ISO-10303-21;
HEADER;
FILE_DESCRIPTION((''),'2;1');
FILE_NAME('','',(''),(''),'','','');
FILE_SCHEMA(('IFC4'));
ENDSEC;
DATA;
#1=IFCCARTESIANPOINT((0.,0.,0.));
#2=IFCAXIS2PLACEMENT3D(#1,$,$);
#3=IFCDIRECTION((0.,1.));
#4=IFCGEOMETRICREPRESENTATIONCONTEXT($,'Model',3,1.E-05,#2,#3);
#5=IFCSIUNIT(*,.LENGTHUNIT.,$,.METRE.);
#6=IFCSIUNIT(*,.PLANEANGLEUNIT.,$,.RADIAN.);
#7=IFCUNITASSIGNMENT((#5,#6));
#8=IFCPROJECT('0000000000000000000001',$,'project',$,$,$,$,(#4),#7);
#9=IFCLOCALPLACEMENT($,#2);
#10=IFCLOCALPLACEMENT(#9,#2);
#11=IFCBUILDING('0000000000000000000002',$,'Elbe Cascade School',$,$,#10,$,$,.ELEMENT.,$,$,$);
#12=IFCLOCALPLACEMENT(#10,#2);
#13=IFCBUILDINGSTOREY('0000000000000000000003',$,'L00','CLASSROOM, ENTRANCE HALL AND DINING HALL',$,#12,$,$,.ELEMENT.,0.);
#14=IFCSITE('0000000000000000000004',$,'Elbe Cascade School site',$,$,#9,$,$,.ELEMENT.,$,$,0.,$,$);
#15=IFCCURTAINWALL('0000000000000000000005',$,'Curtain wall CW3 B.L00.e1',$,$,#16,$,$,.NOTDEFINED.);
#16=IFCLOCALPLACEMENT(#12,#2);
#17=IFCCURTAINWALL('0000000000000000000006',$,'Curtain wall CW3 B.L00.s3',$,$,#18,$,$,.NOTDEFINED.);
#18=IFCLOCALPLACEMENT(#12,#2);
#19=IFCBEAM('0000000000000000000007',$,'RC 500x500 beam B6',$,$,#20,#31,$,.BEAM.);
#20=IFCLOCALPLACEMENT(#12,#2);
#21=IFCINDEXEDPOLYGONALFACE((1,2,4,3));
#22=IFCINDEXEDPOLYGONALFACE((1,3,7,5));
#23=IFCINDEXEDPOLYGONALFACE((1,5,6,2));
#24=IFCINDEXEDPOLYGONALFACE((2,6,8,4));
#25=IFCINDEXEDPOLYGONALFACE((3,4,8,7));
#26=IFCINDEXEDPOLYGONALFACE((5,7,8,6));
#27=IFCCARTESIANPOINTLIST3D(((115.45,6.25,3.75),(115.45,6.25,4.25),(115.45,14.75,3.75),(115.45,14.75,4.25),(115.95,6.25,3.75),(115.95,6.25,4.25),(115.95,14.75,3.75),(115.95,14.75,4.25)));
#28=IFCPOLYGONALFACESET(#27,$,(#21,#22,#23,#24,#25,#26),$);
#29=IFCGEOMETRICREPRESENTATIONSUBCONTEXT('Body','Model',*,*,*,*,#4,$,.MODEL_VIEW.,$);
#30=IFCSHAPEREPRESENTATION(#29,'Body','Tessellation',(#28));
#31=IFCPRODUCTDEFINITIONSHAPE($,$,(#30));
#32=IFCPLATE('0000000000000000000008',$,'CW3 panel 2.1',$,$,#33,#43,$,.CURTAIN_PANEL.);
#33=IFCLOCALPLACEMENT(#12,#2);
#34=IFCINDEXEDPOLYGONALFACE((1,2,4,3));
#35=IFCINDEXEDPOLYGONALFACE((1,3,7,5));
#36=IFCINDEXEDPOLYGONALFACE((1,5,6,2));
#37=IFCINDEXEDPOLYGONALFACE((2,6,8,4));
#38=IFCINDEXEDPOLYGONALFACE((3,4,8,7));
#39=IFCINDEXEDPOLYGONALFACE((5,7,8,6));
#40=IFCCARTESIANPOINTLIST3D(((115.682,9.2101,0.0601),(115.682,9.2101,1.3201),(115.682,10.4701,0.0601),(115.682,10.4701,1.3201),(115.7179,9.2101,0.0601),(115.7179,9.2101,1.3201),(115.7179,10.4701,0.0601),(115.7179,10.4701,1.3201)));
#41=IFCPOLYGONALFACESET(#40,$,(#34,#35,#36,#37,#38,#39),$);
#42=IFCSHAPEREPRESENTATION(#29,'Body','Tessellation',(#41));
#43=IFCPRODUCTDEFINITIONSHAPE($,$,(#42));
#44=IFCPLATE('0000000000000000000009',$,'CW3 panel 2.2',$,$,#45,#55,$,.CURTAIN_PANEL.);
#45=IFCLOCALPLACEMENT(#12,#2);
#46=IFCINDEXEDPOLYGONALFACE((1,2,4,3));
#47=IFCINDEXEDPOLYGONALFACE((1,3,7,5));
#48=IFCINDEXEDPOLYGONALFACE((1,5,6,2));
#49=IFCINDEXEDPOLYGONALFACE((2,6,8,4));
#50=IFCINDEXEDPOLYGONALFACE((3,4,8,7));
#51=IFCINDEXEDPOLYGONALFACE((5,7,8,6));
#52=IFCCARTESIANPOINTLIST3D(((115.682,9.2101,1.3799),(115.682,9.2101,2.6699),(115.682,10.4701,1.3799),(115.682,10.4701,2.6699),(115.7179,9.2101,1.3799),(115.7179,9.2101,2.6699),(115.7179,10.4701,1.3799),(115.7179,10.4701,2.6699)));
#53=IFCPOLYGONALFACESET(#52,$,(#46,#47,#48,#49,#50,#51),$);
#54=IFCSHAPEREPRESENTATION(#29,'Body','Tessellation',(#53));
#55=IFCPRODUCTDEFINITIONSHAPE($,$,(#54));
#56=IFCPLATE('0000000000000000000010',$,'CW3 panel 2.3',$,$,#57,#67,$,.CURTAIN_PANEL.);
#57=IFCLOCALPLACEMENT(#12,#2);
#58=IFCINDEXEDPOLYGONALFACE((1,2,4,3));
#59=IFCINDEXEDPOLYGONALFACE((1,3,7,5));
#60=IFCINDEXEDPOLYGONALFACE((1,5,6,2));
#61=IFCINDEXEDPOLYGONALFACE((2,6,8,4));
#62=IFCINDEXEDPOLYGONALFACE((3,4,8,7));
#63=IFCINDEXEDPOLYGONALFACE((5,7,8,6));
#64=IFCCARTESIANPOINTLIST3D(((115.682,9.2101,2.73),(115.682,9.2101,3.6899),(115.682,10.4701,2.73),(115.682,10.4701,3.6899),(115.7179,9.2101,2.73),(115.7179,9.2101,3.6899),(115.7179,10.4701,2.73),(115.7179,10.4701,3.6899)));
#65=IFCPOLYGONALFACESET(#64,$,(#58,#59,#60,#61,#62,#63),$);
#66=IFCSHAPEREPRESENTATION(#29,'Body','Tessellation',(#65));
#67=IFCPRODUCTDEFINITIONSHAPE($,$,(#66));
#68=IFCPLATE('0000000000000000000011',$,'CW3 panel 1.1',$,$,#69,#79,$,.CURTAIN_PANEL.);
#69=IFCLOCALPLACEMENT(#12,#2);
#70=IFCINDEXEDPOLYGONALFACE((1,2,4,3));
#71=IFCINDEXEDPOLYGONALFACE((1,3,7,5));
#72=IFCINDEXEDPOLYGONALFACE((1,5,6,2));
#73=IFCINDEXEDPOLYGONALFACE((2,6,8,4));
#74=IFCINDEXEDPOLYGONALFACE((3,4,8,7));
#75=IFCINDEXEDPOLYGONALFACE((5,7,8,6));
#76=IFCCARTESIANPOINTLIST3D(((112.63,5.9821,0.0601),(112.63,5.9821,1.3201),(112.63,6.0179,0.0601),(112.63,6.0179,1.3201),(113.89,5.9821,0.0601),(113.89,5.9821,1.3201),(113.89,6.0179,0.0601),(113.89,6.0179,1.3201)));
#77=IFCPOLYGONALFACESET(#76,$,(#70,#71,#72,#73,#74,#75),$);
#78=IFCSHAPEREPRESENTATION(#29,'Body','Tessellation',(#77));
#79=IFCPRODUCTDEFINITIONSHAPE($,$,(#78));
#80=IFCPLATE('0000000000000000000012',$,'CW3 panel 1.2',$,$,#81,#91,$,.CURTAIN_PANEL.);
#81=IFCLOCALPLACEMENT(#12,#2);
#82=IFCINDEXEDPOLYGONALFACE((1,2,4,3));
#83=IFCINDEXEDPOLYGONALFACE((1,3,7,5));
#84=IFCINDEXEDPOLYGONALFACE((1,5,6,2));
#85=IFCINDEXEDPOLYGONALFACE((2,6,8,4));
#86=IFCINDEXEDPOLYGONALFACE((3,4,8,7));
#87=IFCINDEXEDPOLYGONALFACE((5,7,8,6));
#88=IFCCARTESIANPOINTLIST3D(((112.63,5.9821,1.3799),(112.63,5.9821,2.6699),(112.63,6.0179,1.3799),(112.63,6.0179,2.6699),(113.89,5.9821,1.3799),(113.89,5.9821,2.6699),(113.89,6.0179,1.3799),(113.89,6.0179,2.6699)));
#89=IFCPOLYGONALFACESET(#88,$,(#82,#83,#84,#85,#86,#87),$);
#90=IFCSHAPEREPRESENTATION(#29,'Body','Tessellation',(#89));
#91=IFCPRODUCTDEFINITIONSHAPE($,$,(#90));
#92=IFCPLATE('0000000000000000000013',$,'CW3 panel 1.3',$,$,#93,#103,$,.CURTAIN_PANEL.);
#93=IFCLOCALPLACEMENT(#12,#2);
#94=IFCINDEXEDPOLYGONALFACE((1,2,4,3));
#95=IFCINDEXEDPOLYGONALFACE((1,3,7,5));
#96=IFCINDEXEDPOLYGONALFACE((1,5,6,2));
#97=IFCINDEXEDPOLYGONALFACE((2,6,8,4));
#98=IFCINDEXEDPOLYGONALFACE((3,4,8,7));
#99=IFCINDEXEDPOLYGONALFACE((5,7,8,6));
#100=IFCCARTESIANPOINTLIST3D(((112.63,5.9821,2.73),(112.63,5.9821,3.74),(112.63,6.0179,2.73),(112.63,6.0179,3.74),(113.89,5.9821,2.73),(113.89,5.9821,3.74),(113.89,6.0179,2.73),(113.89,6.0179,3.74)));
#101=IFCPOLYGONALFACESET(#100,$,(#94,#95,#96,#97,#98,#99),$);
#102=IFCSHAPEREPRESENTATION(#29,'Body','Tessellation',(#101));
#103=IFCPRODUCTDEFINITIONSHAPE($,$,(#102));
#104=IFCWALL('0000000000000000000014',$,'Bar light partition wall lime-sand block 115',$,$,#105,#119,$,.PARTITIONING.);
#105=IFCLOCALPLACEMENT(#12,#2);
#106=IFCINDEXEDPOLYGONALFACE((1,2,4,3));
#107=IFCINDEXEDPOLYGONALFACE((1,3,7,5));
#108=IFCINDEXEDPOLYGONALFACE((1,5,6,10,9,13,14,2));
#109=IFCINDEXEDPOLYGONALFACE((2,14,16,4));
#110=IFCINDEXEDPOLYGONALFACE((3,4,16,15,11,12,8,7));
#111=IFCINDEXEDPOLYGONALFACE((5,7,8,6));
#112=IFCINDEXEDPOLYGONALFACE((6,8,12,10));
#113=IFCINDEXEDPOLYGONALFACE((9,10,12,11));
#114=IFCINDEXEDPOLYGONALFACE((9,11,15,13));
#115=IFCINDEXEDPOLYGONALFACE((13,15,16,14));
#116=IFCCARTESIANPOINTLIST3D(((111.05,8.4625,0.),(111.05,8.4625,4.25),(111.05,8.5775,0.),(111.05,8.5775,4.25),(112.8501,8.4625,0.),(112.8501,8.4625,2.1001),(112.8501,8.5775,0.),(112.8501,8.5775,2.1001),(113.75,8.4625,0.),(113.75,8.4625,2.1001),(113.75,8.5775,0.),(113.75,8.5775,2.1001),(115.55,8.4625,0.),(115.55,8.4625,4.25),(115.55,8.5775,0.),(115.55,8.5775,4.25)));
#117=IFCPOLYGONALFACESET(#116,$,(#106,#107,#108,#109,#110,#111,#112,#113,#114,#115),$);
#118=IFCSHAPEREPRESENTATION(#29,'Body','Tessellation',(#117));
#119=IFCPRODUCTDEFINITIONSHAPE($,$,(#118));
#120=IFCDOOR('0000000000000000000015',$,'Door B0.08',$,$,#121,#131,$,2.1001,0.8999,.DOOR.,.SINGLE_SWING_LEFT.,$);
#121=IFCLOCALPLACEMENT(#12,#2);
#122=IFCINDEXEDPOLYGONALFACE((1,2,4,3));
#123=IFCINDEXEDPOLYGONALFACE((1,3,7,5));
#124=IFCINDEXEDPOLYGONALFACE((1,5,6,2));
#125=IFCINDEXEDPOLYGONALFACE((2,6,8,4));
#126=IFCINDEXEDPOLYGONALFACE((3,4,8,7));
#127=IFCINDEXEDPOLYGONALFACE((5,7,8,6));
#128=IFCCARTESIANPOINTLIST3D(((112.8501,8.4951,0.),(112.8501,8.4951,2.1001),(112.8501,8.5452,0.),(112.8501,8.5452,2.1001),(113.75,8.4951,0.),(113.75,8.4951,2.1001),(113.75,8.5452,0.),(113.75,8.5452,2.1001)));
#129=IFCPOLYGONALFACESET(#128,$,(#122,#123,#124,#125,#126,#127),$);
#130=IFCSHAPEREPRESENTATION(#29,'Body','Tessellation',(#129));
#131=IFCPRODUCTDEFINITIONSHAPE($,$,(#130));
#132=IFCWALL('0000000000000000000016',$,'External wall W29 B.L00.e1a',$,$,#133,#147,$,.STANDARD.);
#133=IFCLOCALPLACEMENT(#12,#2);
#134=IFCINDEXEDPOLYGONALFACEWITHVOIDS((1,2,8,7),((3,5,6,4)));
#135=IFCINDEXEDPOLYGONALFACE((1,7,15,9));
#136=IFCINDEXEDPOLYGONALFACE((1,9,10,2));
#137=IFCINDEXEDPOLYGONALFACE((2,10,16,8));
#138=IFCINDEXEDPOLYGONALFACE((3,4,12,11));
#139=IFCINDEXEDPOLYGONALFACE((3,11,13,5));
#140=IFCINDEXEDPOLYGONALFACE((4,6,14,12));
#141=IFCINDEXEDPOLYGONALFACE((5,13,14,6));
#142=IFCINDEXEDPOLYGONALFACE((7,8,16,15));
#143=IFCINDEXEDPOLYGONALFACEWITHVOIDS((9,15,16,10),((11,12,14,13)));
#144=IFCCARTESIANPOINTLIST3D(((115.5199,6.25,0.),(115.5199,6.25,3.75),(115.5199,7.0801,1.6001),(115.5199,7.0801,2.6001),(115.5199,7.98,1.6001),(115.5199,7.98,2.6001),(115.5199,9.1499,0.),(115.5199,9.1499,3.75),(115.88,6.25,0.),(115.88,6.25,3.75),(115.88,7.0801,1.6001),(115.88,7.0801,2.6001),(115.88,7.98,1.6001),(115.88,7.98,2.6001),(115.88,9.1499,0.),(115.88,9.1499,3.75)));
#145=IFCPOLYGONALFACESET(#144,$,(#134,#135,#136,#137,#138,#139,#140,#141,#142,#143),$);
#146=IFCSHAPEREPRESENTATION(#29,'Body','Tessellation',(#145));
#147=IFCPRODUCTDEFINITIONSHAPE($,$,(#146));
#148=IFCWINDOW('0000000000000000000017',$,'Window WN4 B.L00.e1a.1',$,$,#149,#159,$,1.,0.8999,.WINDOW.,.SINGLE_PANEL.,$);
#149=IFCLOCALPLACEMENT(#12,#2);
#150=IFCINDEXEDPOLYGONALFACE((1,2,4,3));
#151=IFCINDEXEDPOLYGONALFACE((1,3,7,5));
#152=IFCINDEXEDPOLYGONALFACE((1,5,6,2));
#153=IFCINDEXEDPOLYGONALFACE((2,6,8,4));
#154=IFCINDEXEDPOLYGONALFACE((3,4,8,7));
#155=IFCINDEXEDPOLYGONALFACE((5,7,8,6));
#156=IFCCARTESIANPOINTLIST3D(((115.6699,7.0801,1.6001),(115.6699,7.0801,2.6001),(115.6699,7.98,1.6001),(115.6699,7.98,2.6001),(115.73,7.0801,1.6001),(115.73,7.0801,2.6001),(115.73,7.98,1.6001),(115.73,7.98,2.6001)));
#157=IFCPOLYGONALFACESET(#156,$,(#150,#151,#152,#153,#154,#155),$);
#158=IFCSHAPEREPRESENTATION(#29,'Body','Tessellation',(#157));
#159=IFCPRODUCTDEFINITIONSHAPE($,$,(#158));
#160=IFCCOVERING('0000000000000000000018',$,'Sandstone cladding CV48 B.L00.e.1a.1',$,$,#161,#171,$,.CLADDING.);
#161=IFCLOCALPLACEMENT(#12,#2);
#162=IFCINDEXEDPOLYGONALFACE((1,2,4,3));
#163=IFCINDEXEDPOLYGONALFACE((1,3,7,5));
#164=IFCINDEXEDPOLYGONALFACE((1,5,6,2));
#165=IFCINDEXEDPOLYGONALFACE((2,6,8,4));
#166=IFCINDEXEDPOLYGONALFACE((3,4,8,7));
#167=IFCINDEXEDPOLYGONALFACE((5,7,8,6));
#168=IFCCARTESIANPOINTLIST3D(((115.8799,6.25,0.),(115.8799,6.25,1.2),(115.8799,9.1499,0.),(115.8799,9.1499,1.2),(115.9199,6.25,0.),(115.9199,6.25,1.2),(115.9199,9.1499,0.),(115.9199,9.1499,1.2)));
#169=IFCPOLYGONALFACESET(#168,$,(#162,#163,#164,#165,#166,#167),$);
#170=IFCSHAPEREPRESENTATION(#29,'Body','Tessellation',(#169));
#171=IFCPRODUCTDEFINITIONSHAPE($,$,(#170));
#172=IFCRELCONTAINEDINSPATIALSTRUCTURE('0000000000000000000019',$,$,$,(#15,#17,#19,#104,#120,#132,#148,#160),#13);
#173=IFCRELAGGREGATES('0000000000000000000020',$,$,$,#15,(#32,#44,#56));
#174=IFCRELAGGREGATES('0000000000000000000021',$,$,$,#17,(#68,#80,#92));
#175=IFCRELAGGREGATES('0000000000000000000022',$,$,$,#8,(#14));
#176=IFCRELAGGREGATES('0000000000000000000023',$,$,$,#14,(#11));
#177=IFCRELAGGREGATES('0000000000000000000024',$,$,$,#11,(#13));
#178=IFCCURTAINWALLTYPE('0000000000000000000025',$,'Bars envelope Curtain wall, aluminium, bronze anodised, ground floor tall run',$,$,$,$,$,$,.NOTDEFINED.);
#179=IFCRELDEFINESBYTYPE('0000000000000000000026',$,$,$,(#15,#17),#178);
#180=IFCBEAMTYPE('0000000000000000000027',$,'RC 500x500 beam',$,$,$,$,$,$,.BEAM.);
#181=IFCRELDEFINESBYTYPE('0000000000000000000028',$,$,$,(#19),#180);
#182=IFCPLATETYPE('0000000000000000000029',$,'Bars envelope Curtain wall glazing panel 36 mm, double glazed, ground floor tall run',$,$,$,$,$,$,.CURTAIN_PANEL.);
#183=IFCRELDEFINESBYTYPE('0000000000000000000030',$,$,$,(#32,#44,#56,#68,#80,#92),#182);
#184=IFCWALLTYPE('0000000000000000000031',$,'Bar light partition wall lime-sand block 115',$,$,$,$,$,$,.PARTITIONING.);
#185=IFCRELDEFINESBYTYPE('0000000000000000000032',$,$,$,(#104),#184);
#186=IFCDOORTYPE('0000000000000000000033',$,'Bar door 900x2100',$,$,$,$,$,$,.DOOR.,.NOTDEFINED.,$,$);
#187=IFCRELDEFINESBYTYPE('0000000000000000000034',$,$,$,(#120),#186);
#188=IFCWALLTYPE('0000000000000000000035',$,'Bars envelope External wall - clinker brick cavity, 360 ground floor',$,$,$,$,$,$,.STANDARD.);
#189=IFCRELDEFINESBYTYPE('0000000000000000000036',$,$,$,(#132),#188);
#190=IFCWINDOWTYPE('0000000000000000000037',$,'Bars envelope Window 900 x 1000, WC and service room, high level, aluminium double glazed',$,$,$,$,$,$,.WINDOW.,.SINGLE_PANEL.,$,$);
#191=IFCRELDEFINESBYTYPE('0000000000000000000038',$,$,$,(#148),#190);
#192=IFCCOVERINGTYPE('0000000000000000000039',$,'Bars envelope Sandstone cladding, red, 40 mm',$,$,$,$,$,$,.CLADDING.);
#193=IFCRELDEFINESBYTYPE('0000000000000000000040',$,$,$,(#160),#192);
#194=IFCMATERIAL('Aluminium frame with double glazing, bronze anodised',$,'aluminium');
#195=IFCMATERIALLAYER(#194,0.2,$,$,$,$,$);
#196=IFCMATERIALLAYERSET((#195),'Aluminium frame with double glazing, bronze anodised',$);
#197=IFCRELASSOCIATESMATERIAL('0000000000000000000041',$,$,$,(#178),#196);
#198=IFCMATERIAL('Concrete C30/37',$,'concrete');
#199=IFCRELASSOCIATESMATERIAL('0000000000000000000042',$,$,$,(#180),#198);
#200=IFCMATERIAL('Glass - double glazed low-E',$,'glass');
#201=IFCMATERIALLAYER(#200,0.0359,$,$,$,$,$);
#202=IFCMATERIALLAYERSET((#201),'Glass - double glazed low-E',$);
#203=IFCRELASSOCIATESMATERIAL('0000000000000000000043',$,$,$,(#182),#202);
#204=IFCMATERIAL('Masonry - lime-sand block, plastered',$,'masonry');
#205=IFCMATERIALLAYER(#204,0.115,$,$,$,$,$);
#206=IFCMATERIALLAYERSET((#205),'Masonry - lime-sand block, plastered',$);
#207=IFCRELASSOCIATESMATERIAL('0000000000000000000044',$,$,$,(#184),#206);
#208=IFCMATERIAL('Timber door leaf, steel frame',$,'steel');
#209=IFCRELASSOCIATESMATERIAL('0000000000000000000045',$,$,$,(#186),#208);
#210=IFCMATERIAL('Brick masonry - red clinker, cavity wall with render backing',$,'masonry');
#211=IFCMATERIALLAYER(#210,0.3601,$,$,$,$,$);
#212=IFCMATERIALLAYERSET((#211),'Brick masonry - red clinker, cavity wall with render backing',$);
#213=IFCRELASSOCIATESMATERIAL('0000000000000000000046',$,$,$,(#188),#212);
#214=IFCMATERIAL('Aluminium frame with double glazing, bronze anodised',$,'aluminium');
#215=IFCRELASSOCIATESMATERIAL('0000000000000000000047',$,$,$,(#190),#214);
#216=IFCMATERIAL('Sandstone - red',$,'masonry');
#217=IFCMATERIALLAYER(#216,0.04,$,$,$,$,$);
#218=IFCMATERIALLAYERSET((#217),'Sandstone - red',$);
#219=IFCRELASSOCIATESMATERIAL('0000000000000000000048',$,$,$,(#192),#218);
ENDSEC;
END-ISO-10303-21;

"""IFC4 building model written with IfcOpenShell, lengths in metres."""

from ifc_helpers import new_model, si_unit, direction, frame, frame_2d, origin, origin_2d, place, context, subcontext, project, spatial, rectangle, extrude, material, layer, layer_set, material_profile, profile_set, type_object, element, fill, aggregate, save


model = new_model("IFC4")

# Units and contexts
model_context = context("Model", 3, precision=1e-05, world=origin(), true_north=direction((0.0, 1.0)))
body_context = subcontext(model_context, "Body", "Model", "MODEL_VIEW")
ifc_project = project(units=[si_unit("LENGTHUNIT", "METRE"), si_unit("PLANEANGLEUNIT", "RADIAN")], contexts=[model_context])

# Site, building, storey
site_placement = place(None, origin())
site = spatial("IfcSite", under=ifc_project, at=site_placement, Name="Elbe Cascade School site", CompositionType="ELEMENT", RefElevation=0.0)
building_placement = place(site_placement, origin())
building = spatial("IfcBuilding", under=site, at=building_placement, Name="Elbe Cascade School", CompositionType="ELEMENT")
storey_placement = place(building_placement, origin())
storey = spatial("IfcBuildingStorey", under=building, at=storey_placement, Name="L00", Description="CLASSROOM, ENTRANCE HALL AND DINING HALL", CompositionType="ELEMENT", Elevation=0.0)

# Curtain wall
ifc_material_1 = material(Name="Aluminium frame with double glazing, bronze anodised", Category="aluminium")
ifc_layer_1 = layer(ifc_material_1, 0.2)
ifc_layer_set_1 = layer_set([ifc_layer_1], Name="Aluminium frame with double glazing, bronze anodised")
curtain_wall_type = type_object("IfcCurtainWallType", Name="Bars envelope Curtain wall, aluminium, bronze anodised, ground floor tall run", PredefinedType="NOTDEFINED", material=ifc_layer_set_1)
curtain_wall_1_placement = place(storey_placement, origin())
curtain_wall_1 = element("IfcCurtainWall", 1, at=curtain_wall_1_placement, inside=storey, type_object=curtain_wall_type, Name="Curtain wall CW3 B.L00.e1", PredefinedType="NOTDEFINED")

# Curtain wall
curtain_wall_2_placement = place(storey_placement, origin())
curtain_wall_2 = element("IfcCurtainWall", 2, at=curtain_wall_2_placement, inside=storey, type_object=curtain_wall_type, Name="Curtain wall CW3 B.L00.s3", PredefinedType="NOTDEFINED")

# Beam
ifc_material_2 = material(Name="Concrete C30/37", Category="concrete")
ifc_material_profile_1 = material_profile(ifc_material_2, rectangle(XDim=0.5, YDim=0.5, at=origin_2d()), Name="RC 500x500")
ifc_profile_set_1 = profile_set([ifc_material_profile_1], Name="Concrete C30/37")
beam_type_1 = type_object("IfcBeamType", Name="RC 500x500 beam", PredefinedType="BEAM", material=ifc_profile_set_1)
beam_1_placement = place(storey_placement, frame((115.7, 6.25, 4.0), z_axis=(0.0, 1.0, 0.0), x_axis=(-1.0, 0.0, 0.0)))
element("IfcBeam", 3, at=beam_1_placement, inside=storey, type_object=beam_type_1, Name="RC 500x500 beam B6", PredefinedType="BEAM", context=body_context, shape_type="SweptSolid", body=[
    extrude(rectangle(XDim=0.5, YDim=0.5, at=origin_2d()), origin(), (0.0, 0.0, 1.0), 8.5),
])

# Plates
ifc_material_3 = material(Name="Glass - double glazed low-E", Category="glass")
ifc_layer_2 = layer(ifc_material_3, 0.0359)
ifc_layer_set_2 = layer_set([ifc_layer_2], Name="Glass - double glazed low-E")
plate_type = type_object("IfcPlateType", Name="Bars envelope Curtain wall glazing panel 36 mm, double glazed, ground floor tall run", PredefinedType="CURTAIN_PANEL", material=ifc_layer_set_2)
plate_1_placement = place(storey_placement, frame((115.7, 9.8401, 0.0601), z_axis=(0.0, 0.0, 1.0), x_axis=(0.0, -1.0, 0.0)))
plate_1 = element("IfcPlate", 4, at=plate_1_placement, type_object=plate_type, Name="CW3 panel 2.1", PredefinedType="CURTAIN_PANEL", context=body_context, shape_type="SweptSolid", body=[
    extrude(rectangle(XDim=1.26, YDim=0.0359, at=origin_2d()), origin(), (0.0, 0.0, 1.0), 1.26),
])
plate_2_placement = place(storey_placement, frame((115.7, 9.8401, 1.3799), z_axis=(0.0, 0.0, 1.0), x_axis=(0.0, -1.0, 0.0)))
plate_2 = element("IfcPlate", 5, at=plate_2_placement, type_object=plate_type, Name="CW3 panel 2.2", PredefinedType="CURTAIN_PANEL", context=body_context, shape_type="SweptSolid", body=[
    extrude(rectangle(XDim=1.26, YDim=0.0359, at=origin_2d()), origin(), (0.0, 0.0, 1.0), 1.29),
])
plate_3_placement = place(storey_placement, frame((115.7, 9.8401, 2.73), z_axis=(0.0, 0.0, 1.0), x_axis=(0.0, -1.0, 0.0)))
plate_3 = element("IfcPlate", 6, at=plate_3_placement, type_object=plate_type, Name="CW3 panel 2.3", PredefinedType="CURTAIN_PANEL", context=body_context, shape_type="SweptSolid", body=[
    extrude(rectangle(XDim=1.26, YDim=0.0359, at=origin_2d()), origin(), (0.0, 0.0, 1.0), 0.96),
])
aggregate(curtain_wall_1, [plate_1, plate_2, plate_3])
plate_4_placement = place(storey_placement, frame((113.26, 6.0, 0.0601), z_axis=(0.0, 0.0, 1.0), x_axis=(-1.0, 0.0, 0.0)))
plate_4 = element("IfcPlate", 7, at=plate_4_placement, type_object=plate_type, Name="CW3 panel 1.1", PredefinedType="CURTAIN_PANEL", context=body_context, shape_type="SweptSolid", body=[
    extrude(rectangle(XDim=1.26, YDim=0.0359, at=origin_2d()), origin(), (0.0, 0.0, 1.0), 1.26),
])
plate_5_placement = place(storey_placement, frame((113.26, 6.0, 1.3799), z_axis=(0.0, 0.0, 1.0), x_axis=(-1.0, 0.0, 0.0)))
plate_5 = element("IfcPlate", 8, at=plate_5_placement, type_object=plate_type, Name="CW3 panel 1.2", PredefinedType="CURTAIN_PANEL", context=body_context, shape_type="SweptSolid", body=[
    extrude(rectangle(XDim=1.26, YDim=0.0359, at=origin_2d()), origin(), (0.0, 0.0, 1.0), 1.29),
])
plate_6_placement = place(storey_placement, frame((113.26, 6.0, 2.73), z_axis=(0.0, 0.0, 1.0), x_axis=(-1.0, 0.0, 0.0)))
plate_6 = element("IfcPlate", 9, at=plate_6_placement, type_object=plate_type, Name="CW3 panel 1.3", PredefinedType="CURTAIN_PANEL", context=body_context, shape_type="SweptSolid", body=[
    extrude(rectangle(XDim=1.26, YDim=0.0359, at=origin_2d()), origin(), (0.0, 0.0, 1.0), 1.01),
])
aggregate(curtain_wall_2, [plate_4, plate_5, plate_6])

# Wall, opening, door
ifc_material_4 = material(Name="Masonry - lime-sand block, plastered", Category="masonry")
ifc_layer_3 = layer(ifc_material_4, 0.115)
ifc_layer_set_3 = layer_set([ifc_layer_3], Name="Masonry - lime-sand block, plastered")
wall_type_1 = type_object("IfcWallType", Name="Bar light partition wall lime-sand block 115", PredefinedType="PARTITIONING", material=ifc_layer_set_3)
wall_1_placement = place(storey_placement, frame((115.55, 8.52, 0.0), z_axis=(0.0, 0.0, 1.0), x_axis=(-1.0, 0.0, 0.0)))
wall_1 = element("IfcWall", 10, at=wall_1_placement, inside=storey, type_object=wall_type_1, Name="Bar light partition wall lime-sand block 115", PredefinedType="PARTITIONING", context=body_context, shape_type="SweptSolid", body=[
    extrude(rectangle(XDim=4.5, YDim=0.115, at=frame_2d((2.25, 0.0))), origin(), (0.0, 0.0, 1.0), 4.25),
])
opening_1_placement = place(wall_1_placement, frame((1.8, 0.0, 0.0)))
opening_1 = element("IfcOpeningElement", 11, at=opening_1_placement, cuts=wall_1, PredefinedType="OPENING", context=body_context, shape_type="SweptSolid", body=[
    extrude(rectangle(XDim=0.8999, YDim=2.1001, at=frame_2d((0.45, 1.05))), frame((0.0, 0.0674, 0.0), z_axis=(0.0, -1.0, 0.0), x_axis=(1.0, 0.0, 0.0)), (0.0, 0.0, 1.0), 0.135),
])
ifc_material_5 = material(Name="Timber door leaf, steel frame", Category="steel")
door_type = type_object("IfcDoorType", Name="Bar door 900x2100", OperationType="NOTDEFINED", PredefinedType="DOOR", material=ifc_material_5)
door_placement = place(opening_1_placement, origin())
door = element("IfcDoor", 12, at=door_placement, inside=storey, type_object=door_type, Name="Door B0.08", OperationType="SINGLE_SWING_LEFT", OverallHeight=2.1001, OverallWidth=0.8999, PredefinedType="DOOR", context=body_context, shape_type="SweptSolid", body=[
    extrude(rectangle(XDim=0.8999, YDim=2.1001, at=frame_2d((0.45, 1.05))), frame((0.0, 0.0249, 0.0), z_axis=(0.0, -1.0, 0.0), x_axis=(1.0, 0.0, 0.0)), (0.0, 0.0, 1.0), 0.05),
])
fill(opening_1, door)

# Wall, opening, window
ifc_material_6 = material(Name="Brick masonry - red clinker, cavity wall with render backing", Category="masonry")
ifc_layer_4 = layer(ifc_material_6, 0.3601)
ifc_layer_set_4 = layer_set([ifc_layer_4], Name="Brick masonry - red clinker, cavity wall with render backing")
wall_type_2 = type_object("IfcWallType", Name="Bars envelope External wall - clinker brick cavity, 360 ground floor", PredefinedType="STANDARD", material=ifc_layer_set_4)
wall_2_placement = place(storey_placement, frame((115.7, 9.1499, 0.0), z_axis=(0.0, 0.0, 1.0), x_axis=(0.0, -1.0, 0.0)))
wall_2 = element("IfcWall", 13, at=wall_2_placement, inside=storey, type_object=wall_type_2, Name="External wall W29 B.L00.e1a", PredefinedType="STANDARD", context=body_context, shape_type="SweptSolid", body=[
    extrude(rectangle(XDim=2.8999, YDim=0.3601, at=frame_2d((1.45, 0.0))), origin(), (0.0, 0.0, 1.0), 3.75),
])
opening_2_placement = place(wall_2_placement, frame((1.1699, 0.0, 1.6001)))
opening_2 = element("IfcOpeningElement", 14, at=opening_2_placement, cuts=wall_2, PredefinedType="OPENING", context=body_context, shape_type="SweptSolid", body=[
    extrude(rectangle(XDim=0.8999, YDim=1.0, at=frame_2d((0.45, 0.5))), frame((0.0, 0.1899, 0.0), z_axis=(0.0, -1.0, 0.0), x_axis=(1.0, 0.0, 0.0)), (0.0, 0.0, 1.0), 0.3801),
])
ifc_material_7 = material(Name="Aluminium frame with double glazing, bronze anodised", Category="aluminium")
window_type = type_object("IfcWindowType", Name="Bars envelope Window 900 x 1000, WC and service room, high level, aluminium double glazed", PartitioningType="SINGLE_PANEL", PredefinedType="WINDOW", material=ifc_material_7)
window_placement = place(opening_2_placement, origin())
window = element("IfcWindow", 15, at=window_placement, inside=storey, type_object=window_type, Name="Window WN4 B.L00.e1a.1", OverallHeight=1.0, OverallWidth=0.8999, PartitioningType="SINGLE_PANEL", PredefinedType="WINDOW", context=body_context, shape_type="SweptSolid", body=[
    extrude(rectangle(XDim=0.8999, YDim=1.0, at=frame_2d((0.45, 0.5))), frame((0.0, 0.03, 0.0), z_axis=(0.0, -1.0, 0.0), x_axis=(1.0, 0.0, 0.0)), (0.0, 0.0, 1.0), 0.0601),
])
fill(opening_2, window)

# Covering
ifc_material_8 = material(Name="Sandstone - red", Category="masonry")
ifc_layer_5 = layer(ifc_material_8, 0.04)
ifc_layer_set_5 = layer_set([ifc_layer_5], Name="Sandstone - red")
covering_type = type_object("IfcCoveringType", Name="Bars envelope Sandstone cladding, red, 40 mm", PredefinedType="CLADDING", material=ifc_layer_set_5)
covering_placement = place(storey_placement, frame((115.8999, 7.7, 0.0), z_axis=(0.0, 0.0, 1.0), x_axis=(0.0, 1.0, 0.0)))
element("IfcCovering", 16, at=covering_placement, inside=storey, type_object=covering_type, Name="Sandstone cladding CV48 B.L00.e.1a.1", PredefinedType="CLADDING", context=body_context, shape_type="SweptSolid", body=[
    extrude(rectangle(XDim=2.8999, YDim=0.04, at=origin_2d()), origin(), (0.0, 0.0, 1.0), 1.2),
])

save(model, "model.ifc")
